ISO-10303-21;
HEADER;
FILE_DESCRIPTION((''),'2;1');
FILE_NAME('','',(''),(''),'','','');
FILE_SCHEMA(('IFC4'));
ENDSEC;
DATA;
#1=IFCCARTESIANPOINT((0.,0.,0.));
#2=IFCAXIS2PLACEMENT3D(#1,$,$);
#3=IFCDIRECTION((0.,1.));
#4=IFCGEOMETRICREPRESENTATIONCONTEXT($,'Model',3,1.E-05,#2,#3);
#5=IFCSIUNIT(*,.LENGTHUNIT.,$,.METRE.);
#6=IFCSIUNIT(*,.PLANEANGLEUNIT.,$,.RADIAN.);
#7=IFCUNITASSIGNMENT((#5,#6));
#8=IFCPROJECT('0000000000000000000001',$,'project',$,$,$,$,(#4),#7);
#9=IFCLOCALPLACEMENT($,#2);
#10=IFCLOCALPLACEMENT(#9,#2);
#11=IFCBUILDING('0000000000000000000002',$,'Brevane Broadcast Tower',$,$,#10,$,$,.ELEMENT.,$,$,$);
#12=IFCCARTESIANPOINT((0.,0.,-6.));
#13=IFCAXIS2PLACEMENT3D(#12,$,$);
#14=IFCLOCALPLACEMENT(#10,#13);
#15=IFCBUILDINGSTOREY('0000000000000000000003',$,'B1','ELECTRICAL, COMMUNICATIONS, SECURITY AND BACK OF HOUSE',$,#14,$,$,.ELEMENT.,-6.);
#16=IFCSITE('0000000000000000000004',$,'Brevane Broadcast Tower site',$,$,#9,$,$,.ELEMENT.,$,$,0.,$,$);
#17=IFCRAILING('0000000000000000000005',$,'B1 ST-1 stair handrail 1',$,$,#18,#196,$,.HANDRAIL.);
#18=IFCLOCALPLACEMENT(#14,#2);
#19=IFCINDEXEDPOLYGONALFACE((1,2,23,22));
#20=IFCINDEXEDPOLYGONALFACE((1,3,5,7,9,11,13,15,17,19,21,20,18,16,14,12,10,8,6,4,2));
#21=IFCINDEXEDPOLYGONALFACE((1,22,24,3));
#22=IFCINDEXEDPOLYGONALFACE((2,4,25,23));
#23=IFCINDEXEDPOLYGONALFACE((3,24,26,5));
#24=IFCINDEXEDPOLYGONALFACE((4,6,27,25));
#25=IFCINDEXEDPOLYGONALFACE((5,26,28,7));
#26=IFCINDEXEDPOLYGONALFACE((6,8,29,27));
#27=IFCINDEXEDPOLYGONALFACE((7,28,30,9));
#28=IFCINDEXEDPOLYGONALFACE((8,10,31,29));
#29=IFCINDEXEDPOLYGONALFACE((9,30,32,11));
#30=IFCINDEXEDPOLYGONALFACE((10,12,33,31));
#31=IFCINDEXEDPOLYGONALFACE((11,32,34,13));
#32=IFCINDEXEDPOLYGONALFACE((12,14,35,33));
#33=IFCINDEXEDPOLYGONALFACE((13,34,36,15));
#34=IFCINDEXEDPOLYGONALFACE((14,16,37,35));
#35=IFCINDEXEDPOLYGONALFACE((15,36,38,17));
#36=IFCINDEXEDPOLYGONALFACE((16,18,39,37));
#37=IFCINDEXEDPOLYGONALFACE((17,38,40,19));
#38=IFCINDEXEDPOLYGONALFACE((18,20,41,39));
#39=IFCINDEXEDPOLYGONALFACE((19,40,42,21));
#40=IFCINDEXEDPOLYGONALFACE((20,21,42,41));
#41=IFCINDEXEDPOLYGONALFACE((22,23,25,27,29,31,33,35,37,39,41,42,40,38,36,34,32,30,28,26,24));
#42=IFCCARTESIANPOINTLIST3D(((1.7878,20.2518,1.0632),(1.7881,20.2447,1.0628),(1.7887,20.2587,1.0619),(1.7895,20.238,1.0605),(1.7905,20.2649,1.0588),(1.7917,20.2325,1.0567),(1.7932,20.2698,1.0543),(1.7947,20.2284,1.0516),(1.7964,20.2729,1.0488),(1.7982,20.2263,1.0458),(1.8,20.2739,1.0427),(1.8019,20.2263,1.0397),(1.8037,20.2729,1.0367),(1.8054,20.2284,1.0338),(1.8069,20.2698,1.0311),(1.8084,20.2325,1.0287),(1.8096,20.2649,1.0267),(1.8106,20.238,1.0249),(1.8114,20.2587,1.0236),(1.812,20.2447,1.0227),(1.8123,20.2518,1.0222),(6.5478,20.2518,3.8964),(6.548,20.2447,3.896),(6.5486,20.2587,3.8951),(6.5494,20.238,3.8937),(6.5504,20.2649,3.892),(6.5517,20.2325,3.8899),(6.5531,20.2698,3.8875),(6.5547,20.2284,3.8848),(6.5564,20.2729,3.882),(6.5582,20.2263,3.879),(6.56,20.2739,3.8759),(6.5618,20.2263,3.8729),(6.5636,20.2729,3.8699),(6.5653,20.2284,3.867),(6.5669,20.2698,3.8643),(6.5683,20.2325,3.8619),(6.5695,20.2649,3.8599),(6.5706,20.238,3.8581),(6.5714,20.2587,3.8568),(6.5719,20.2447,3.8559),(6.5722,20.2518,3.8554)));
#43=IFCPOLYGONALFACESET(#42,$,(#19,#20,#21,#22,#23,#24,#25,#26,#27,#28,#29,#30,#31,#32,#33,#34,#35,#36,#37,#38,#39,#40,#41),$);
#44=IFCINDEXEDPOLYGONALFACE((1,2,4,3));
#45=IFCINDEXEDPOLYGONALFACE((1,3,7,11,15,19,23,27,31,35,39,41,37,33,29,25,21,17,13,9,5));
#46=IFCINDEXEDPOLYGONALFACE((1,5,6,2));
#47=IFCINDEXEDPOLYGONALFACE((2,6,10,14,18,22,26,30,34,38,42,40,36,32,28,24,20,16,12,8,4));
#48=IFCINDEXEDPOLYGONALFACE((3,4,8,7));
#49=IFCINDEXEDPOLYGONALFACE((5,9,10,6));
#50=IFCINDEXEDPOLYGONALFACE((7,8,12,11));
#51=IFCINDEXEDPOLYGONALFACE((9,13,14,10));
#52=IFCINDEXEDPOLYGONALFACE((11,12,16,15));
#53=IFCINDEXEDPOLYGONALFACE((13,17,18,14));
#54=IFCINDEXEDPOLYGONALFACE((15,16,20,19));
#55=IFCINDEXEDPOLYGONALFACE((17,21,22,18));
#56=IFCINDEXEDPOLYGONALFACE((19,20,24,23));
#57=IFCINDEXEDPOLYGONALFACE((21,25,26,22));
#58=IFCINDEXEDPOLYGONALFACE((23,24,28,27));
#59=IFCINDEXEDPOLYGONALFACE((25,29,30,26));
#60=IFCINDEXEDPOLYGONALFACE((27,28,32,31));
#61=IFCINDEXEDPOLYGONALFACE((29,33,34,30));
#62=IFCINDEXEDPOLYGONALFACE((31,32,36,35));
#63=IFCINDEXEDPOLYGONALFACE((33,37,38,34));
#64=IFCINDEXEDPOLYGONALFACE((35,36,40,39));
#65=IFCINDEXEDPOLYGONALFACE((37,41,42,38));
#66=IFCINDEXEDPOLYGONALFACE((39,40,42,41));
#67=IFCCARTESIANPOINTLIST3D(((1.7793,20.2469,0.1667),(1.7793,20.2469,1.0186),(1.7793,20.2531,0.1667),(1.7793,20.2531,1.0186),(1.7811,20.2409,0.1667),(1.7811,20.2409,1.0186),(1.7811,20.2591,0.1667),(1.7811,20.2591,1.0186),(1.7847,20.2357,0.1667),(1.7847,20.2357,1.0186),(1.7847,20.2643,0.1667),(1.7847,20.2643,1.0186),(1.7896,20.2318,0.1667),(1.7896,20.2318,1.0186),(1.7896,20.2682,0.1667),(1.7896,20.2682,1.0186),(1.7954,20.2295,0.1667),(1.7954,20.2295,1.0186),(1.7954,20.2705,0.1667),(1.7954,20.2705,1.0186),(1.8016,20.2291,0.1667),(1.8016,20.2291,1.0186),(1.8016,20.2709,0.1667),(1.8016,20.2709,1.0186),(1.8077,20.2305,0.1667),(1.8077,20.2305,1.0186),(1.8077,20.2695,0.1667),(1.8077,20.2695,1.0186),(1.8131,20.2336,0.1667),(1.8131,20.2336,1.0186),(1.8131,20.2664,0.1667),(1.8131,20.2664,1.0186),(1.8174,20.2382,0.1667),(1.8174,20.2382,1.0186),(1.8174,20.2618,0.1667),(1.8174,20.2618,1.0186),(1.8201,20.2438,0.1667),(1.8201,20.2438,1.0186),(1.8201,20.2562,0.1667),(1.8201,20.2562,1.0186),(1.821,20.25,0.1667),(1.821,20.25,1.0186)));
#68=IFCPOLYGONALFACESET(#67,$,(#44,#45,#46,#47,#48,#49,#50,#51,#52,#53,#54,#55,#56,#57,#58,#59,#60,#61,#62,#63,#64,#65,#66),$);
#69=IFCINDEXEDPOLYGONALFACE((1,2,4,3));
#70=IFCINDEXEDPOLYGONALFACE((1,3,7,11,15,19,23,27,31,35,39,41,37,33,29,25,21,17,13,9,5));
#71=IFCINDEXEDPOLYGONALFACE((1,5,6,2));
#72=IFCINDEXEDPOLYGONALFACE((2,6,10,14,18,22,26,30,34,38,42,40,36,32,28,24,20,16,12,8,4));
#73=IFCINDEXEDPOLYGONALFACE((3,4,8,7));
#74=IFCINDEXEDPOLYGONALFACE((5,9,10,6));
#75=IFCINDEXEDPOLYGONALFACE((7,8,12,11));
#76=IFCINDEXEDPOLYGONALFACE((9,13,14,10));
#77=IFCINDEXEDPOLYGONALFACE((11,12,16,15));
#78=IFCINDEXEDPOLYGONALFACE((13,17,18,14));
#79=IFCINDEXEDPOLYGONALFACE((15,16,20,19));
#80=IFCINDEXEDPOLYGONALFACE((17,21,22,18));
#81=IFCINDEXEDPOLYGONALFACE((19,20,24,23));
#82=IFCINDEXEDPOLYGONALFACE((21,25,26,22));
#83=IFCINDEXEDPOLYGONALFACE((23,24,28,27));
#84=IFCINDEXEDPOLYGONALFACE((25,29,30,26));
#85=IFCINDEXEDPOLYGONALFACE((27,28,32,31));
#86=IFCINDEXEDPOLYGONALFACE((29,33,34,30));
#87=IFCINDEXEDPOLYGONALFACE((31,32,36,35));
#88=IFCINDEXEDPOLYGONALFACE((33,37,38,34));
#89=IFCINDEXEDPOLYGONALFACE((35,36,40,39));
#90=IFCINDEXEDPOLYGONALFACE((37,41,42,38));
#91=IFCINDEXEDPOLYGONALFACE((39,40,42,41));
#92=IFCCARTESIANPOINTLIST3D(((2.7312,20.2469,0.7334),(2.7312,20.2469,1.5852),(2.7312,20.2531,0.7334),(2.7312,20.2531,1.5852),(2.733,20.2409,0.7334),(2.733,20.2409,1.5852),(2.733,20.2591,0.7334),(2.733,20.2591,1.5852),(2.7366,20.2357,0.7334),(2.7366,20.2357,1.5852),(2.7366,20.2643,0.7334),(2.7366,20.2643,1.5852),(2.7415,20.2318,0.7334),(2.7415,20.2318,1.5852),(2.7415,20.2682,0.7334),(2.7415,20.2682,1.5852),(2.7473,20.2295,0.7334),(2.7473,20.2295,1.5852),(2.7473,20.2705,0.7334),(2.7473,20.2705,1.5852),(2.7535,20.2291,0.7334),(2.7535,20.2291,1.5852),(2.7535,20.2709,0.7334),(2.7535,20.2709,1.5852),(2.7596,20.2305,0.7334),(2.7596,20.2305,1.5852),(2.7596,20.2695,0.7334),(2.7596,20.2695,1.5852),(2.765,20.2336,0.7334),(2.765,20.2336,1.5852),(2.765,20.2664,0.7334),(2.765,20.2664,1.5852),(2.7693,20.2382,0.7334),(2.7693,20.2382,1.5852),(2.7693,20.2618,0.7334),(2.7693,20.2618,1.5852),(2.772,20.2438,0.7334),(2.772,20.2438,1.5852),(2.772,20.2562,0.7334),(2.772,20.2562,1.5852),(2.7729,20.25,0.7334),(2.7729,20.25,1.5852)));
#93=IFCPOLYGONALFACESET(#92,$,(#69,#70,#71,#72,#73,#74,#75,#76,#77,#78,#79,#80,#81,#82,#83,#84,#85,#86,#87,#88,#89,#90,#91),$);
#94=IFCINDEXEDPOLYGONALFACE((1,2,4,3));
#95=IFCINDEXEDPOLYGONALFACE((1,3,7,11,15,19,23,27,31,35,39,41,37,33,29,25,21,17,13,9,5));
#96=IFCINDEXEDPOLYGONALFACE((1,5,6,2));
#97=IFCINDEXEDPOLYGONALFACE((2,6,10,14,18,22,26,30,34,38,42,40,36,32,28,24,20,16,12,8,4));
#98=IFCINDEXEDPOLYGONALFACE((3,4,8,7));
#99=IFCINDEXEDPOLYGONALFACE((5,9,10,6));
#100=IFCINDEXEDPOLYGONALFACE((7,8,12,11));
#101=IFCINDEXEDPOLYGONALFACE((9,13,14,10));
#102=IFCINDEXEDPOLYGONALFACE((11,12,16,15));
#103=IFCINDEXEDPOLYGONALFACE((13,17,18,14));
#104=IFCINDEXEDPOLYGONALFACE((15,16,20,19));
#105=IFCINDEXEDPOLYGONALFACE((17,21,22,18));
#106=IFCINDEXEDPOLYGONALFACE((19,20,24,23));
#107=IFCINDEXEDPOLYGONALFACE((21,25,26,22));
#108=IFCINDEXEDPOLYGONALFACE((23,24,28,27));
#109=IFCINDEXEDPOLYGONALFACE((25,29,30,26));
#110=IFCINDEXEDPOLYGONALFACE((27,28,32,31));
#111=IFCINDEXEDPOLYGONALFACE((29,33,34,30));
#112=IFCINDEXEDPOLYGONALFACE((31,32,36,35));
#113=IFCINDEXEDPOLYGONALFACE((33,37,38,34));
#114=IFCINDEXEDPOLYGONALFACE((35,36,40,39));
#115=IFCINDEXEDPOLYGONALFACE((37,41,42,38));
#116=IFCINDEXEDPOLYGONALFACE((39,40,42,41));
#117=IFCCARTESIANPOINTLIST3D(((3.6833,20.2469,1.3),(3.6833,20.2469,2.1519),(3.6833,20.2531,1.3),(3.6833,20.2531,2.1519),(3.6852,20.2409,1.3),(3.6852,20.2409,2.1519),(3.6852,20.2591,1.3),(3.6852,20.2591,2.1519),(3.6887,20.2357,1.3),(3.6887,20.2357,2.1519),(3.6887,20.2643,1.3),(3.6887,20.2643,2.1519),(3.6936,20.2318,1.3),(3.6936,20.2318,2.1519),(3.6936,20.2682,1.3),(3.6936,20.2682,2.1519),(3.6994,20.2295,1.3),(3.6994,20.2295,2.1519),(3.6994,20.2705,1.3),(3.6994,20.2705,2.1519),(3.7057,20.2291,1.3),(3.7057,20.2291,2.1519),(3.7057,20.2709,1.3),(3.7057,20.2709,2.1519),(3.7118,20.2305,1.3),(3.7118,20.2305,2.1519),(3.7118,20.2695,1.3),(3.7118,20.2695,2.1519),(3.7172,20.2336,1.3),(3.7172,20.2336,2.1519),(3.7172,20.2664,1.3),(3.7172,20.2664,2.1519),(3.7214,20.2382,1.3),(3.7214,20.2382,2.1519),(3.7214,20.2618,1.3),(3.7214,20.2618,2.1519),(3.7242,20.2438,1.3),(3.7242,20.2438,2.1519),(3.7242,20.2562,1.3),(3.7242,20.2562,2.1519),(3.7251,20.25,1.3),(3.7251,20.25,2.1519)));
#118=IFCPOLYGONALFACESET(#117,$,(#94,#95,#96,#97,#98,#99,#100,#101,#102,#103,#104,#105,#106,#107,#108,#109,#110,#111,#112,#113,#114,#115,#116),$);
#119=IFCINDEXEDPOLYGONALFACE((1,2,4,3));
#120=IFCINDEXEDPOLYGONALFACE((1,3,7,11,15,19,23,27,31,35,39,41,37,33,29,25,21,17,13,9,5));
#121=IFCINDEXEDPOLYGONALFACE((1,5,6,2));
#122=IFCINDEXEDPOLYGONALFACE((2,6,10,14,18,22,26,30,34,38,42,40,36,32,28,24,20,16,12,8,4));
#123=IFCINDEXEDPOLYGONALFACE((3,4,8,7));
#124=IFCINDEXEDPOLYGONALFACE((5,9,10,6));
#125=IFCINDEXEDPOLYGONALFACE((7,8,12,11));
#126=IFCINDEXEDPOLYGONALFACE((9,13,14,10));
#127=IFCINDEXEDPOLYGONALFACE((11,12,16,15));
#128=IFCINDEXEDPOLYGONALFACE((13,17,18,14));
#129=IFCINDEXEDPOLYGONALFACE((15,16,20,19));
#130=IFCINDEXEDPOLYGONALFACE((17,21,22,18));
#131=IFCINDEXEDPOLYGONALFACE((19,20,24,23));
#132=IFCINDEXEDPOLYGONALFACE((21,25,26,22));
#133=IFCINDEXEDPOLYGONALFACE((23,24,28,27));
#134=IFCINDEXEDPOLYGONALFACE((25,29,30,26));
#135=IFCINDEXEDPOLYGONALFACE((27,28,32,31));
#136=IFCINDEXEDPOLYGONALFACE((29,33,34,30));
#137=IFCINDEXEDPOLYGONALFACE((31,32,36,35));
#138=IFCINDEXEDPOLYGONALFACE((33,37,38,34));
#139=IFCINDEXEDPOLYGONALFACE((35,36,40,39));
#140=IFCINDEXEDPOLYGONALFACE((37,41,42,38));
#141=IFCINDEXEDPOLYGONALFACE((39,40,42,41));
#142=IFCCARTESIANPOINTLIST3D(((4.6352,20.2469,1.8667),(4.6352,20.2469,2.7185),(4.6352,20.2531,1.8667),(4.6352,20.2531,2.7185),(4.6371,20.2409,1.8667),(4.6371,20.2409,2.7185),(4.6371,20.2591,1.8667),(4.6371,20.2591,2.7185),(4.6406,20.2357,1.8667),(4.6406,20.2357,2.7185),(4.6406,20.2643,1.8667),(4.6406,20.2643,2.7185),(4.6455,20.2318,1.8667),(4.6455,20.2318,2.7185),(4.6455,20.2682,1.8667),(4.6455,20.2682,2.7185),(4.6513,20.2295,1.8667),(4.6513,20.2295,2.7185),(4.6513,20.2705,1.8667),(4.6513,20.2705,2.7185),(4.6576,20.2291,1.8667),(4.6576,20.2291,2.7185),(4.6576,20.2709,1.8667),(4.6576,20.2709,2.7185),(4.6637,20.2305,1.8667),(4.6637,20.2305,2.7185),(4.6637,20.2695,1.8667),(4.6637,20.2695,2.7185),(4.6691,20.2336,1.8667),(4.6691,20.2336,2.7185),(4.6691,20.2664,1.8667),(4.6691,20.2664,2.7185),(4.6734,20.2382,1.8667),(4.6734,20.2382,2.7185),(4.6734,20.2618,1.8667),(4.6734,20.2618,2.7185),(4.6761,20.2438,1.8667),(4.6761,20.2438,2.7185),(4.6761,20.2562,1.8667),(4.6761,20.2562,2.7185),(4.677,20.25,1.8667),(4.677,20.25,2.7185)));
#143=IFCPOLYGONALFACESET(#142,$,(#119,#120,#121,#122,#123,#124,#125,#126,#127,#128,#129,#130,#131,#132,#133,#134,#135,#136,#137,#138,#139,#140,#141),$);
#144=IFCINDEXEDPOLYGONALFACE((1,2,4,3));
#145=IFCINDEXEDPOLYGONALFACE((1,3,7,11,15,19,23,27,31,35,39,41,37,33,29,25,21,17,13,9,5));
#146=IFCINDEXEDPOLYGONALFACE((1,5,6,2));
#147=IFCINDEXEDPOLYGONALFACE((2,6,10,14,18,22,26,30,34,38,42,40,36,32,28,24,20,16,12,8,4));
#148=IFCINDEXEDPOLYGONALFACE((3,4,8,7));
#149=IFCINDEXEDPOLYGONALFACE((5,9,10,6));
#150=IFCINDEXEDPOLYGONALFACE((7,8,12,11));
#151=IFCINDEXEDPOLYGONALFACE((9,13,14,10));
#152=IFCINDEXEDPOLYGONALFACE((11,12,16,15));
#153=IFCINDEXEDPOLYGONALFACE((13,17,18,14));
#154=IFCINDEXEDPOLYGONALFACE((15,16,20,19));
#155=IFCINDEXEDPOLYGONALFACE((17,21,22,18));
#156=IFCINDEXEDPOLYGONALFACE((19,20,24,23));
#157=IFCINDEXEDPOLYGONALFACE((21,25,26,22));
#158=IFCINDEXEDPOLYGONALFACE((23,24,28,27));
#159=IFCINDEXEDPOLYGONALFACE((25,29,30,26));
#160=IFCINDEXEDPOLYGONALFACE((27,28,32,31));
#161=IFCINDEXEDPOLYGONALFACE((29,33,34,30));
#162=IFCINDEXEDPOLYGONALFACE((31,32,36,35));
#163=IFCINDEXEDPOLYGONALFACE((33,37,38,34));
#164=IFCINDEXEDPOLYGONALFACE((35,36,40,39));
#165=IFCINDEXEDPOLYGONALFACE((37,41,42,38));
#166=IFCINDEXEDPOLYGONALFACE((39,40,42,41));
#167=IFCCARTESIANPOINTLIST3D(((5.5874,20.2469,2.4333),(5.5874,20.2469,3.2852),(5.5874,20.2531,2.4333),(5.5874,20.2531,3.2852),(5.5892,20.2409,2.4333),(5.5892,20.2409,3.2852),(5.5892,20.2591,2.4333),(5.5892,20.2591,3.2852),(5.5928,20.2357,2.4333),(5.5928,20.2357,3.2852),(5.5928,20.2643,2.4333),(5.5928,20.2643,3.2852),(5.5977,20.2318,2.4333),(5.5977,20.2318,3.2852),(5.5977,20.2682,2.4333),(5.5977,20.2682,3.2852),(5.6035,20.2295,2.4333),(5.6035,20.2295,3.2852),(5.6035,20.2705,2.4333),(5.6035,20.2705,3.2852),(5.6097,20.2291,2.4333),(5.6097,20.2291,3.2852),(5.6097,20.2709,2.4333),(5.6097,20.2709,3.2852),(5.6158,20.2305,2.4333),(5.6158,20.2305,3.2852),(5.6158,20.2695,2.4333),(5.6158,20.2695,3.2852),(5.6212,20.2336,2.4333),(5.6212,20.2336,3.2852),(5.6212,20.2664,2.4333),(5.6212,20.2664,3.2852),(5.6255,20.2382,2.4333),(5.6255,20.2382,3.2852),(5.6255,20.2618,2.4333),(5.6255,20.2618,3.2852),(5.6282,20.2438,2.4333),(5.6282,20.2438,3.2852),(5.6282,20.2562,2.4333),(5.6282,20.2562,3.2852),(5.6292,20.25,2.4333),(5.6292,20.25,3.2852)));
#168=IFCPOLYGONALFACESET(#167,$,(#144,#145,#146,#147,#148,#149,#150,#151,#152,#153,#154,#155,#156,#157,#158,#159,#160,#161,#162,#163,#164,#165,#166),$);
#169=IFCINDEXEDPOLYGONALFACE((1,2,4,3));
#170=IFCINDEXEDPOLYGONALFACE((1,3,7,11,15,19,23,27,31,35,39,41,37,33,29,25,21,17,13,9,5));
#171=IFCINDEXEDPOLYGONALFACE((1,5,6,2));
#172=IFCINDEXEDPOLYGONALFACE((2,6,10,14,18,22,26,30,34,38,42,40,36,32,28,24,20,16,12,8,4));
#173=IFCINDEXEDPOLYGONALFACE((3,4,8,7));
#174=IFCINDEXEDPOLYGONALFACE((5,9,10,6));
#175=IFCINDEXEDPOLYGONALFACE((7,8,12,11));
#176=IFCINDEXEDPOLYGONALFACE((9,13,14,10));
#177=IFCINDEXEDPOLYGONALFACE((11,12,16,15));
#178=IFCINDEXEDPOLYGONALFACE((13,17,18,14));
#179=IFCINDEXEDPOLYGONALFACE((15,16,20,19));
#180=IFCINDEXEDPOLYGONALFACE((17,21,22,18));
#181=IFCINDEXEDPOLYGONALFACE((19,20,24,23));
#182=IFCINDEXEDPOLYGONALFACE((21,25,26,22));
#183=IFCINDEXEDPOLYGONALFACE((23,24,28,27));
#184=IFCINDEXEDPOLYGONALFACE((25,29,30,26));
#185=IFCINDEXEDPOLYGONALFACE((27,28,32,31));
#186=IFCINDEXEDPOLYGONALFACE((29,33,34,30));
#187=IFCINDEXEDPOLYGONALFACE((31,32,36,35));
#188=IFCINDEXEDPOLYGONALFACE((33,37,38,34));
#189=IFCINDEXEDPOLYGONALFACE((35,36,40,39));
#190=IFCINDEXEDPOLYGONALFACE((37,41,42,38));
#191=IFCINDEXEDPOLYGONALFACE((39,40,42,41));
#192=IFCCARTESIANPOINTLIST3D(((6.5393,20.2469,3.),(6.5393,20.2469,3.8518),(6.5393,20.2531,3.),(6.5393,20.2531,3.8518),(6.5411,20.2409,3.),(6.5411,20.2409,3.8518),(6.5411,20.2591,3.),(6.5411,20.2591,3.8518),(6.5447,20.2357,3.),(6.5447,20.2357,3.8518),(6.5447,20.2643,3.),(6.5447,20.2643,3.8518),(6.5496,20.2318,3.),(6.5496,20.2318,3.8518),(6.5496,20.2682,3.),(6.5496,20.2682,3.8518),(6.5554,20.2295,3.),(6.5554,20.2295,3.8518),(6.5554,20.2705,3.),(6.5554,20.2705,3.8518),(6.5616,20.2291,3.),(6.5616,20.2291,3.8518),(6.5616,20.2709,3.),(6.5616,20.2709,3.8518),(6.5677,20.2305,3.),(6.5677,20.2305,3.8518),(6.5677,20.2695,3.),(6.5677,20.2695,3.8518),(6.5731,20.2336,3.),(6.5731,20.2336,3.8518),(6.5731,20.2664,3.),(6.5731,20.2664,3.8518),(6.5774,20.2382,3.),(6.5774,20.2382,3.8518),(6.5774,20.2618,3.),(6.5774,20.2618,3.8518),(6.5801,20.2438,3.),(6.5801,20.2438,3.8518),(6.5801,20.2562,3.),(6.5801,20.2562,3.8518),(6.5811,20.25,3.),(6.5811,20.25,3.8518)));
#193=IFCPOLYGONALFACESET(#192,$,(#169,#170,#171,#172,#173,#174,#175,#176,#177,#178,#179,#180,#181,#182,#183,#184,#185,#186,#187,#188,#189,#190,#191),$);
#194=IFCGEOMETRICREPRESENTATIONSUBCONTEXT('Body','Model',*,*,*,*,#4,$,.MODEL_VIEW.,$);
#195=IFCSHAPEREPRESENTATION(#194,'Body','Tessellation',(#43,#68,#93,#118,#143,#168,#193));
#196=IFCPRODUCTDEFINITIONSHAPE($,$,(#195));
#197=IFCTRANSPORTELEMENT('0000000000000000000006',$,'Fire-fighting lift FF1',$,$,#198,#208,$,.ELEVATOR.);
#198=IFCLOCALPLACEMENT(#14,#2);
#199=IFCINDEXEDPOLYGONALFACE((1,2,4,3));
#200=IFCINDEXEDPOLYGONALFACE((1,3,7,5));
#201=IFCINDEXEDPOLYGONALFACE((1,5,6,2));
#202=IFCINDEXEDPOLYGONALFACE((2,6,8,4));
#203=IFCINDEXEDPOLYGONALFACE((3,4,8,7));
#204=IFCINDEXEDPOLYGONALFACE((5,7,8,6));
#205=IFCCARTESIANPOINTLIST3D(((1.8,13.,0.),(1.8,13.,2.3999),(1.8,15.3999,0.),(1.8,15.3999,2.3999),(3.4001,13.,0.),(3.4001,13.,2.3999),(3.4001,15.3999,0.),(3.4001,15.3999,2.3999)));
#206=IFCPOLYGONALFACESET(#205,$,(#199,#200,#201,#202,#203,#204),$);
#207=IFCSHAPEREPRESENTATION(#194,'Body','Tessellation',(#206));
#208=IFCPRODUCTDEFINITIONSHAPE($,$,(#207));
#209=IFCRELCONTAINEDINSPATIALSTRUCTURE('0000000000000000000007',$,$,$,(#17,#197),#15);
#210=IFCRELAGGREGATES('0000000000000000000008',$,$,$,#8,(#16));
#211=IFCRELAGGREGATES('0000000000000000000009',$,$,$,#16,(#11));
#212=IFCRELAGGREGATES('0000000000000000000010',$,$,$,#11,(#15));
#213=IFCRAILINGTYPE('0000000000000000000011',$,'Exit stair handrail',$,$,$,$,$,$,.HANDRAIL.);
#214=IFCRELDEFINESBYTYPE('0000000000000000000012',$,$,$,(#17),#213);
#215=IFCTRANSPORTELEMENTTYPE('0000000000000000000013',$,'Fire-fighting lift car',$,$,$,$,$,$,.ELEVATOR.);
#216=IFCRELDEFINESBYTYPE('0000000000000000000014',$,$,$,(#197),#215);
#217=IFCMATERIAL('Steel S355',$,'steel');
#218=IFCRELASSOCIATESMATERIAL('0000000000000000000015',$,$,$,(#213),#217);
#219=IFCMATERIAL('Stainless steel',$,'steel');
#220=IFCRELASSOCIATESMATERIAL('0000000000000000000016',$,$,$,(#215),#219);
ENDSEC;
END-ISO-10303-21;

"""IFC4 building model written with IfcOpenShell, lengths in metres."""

from ifc_helpers import new_model, si_unit, direction, frame, origin, origin_2d, place, context, subcontext, project, spatial, rectangle, circle, extrude, material, type_object, element, save


model = new_model("IFC4")

# Units and contexts
model_context = context("Model", 3, precision=1e-05, world=origin(), true_north=direction((0.0, 1.0)))
body_context = subcontext(model_context, "Body", "Model", "MODEL_VIEW")
ifc_project = project(units=[si_unit("LENGTHUNIT", "METRE"), si_unit("PLANEANGLEUNIT", "RADIAN")], contexts=[model_context])

# Site, building, storey
site_placement = place(None, origin())
site = spatial("IfcSite", under=ifc_project, at=site_placement, Name="Brevane Broadcast Tower site", CompositionType="ELEMENT", RefElevation=0.0)
building_placement = place(site_placement, origin())
building = spatial("IfcBuilding", under=site, at=building_placement, Name="Brevane Broadcast Tower", CompositionType="ELEMENT")
storey_placement = place(building_placement, frame((0.0, 0.0, -6.0)))
storey = spatial("IfcBuildingStorey", under=building, at=storey_placement, Name="B1", Description="ELECTRICAL, COMMUNICATIONS, SECURITY AND BACK OF HOUSE", CompositionType="ELEMENT", Elevation=-6.0)

# Shared definitions
ifc_material_1 = material(Name="Stainless steel", Category="steel")

# Railing
ifc_material_2 = material(Name="Steel S355", Category="steel")
railing_type_1 = type_object("IfcRailingType", Name="Exit stair handrail", PredefinedType="HANDRAIL", material=ifc_material_2)
railing_1_placement = place(storey_placement, frame((1.8, 20.25, 0.1667)))
element("IfcRailing", 1, at=railing_1_placement, inside=storey, type_object=railing_type_1, Name="B1 ST-1 stair handrail 1", PredefinedType="HANDRAIL", context=body_context, shape_type="SweptSolid", body=[
    extrude(circle(Radius=0.0239, at=origin_2d()), frame((0.0, 0.0, 0.876), z_axis=(0.8593, 0.0, 0.511472), x_axis=(0.0, 1.0, 0.0)), (0.0, 0.0, 1.0), 5.5393),
    extrude(circle(Radius=0.021, at=origin_2d()), origin(), (0.0, 0.0, 1.0), 0.8518),
    extrude(circle(Radius=0.021, at=origin_2d()), frame((0.9519, 0.0, 0.5667)), (0.0, 0.0, 1.0), 0.8518),
    extrude(circle(Radius=0.021, at=origin_2d()), frame((1.9041, 0.0, 1.1333)), (0.0, 0.0, 1.0), 0.8518),
    extrude(circle(Radius=0.021, at=origin_2d()), frame((2.856, 0.0, 1.7)), (0.0, 0.0, 1.0), 0.8518),
    extrude(circle(Radius=0.021, at=origin_2d()), frame((3.8081, 0.0, 2.2666)), (0.0, 0.0, 1.0), 0.8518),
    extrude(circle(Radius=0.021, at=origin_2d()), frame((4.76, 0.0, 2.8333)), (0.0, 0.0, 1.0), 0.8518),
])

# Transport element
transport_element_type = type_object("IfcTransportElementType", Name="Fire-fighting lift car", PredefinedType="ELEVATOR", material=ifc_material_1)
transport_element_placement = place(storey_placement, frame((2.6001, 14.2, 0.0), z_axis=(0.0, 0.0, 1.0), x_axis=(1.0, 0.0, 0.0)))
element("IfcTransportElement", 2, at=transport_element_placement, inside=storey, type_object=transport_element_type, Name="Fire-fighting lift FF1", PredefinedType="ELEVATOR", context=body_context, shape_type="SweptSolid", body=[
    extrude(rectangle(XDim=1.6001, YDim=2.3999, at=origin_2d()), origin(), (0.0, 0.0, 1.0), 2.3999),
])

save(model, "model.ifc")
